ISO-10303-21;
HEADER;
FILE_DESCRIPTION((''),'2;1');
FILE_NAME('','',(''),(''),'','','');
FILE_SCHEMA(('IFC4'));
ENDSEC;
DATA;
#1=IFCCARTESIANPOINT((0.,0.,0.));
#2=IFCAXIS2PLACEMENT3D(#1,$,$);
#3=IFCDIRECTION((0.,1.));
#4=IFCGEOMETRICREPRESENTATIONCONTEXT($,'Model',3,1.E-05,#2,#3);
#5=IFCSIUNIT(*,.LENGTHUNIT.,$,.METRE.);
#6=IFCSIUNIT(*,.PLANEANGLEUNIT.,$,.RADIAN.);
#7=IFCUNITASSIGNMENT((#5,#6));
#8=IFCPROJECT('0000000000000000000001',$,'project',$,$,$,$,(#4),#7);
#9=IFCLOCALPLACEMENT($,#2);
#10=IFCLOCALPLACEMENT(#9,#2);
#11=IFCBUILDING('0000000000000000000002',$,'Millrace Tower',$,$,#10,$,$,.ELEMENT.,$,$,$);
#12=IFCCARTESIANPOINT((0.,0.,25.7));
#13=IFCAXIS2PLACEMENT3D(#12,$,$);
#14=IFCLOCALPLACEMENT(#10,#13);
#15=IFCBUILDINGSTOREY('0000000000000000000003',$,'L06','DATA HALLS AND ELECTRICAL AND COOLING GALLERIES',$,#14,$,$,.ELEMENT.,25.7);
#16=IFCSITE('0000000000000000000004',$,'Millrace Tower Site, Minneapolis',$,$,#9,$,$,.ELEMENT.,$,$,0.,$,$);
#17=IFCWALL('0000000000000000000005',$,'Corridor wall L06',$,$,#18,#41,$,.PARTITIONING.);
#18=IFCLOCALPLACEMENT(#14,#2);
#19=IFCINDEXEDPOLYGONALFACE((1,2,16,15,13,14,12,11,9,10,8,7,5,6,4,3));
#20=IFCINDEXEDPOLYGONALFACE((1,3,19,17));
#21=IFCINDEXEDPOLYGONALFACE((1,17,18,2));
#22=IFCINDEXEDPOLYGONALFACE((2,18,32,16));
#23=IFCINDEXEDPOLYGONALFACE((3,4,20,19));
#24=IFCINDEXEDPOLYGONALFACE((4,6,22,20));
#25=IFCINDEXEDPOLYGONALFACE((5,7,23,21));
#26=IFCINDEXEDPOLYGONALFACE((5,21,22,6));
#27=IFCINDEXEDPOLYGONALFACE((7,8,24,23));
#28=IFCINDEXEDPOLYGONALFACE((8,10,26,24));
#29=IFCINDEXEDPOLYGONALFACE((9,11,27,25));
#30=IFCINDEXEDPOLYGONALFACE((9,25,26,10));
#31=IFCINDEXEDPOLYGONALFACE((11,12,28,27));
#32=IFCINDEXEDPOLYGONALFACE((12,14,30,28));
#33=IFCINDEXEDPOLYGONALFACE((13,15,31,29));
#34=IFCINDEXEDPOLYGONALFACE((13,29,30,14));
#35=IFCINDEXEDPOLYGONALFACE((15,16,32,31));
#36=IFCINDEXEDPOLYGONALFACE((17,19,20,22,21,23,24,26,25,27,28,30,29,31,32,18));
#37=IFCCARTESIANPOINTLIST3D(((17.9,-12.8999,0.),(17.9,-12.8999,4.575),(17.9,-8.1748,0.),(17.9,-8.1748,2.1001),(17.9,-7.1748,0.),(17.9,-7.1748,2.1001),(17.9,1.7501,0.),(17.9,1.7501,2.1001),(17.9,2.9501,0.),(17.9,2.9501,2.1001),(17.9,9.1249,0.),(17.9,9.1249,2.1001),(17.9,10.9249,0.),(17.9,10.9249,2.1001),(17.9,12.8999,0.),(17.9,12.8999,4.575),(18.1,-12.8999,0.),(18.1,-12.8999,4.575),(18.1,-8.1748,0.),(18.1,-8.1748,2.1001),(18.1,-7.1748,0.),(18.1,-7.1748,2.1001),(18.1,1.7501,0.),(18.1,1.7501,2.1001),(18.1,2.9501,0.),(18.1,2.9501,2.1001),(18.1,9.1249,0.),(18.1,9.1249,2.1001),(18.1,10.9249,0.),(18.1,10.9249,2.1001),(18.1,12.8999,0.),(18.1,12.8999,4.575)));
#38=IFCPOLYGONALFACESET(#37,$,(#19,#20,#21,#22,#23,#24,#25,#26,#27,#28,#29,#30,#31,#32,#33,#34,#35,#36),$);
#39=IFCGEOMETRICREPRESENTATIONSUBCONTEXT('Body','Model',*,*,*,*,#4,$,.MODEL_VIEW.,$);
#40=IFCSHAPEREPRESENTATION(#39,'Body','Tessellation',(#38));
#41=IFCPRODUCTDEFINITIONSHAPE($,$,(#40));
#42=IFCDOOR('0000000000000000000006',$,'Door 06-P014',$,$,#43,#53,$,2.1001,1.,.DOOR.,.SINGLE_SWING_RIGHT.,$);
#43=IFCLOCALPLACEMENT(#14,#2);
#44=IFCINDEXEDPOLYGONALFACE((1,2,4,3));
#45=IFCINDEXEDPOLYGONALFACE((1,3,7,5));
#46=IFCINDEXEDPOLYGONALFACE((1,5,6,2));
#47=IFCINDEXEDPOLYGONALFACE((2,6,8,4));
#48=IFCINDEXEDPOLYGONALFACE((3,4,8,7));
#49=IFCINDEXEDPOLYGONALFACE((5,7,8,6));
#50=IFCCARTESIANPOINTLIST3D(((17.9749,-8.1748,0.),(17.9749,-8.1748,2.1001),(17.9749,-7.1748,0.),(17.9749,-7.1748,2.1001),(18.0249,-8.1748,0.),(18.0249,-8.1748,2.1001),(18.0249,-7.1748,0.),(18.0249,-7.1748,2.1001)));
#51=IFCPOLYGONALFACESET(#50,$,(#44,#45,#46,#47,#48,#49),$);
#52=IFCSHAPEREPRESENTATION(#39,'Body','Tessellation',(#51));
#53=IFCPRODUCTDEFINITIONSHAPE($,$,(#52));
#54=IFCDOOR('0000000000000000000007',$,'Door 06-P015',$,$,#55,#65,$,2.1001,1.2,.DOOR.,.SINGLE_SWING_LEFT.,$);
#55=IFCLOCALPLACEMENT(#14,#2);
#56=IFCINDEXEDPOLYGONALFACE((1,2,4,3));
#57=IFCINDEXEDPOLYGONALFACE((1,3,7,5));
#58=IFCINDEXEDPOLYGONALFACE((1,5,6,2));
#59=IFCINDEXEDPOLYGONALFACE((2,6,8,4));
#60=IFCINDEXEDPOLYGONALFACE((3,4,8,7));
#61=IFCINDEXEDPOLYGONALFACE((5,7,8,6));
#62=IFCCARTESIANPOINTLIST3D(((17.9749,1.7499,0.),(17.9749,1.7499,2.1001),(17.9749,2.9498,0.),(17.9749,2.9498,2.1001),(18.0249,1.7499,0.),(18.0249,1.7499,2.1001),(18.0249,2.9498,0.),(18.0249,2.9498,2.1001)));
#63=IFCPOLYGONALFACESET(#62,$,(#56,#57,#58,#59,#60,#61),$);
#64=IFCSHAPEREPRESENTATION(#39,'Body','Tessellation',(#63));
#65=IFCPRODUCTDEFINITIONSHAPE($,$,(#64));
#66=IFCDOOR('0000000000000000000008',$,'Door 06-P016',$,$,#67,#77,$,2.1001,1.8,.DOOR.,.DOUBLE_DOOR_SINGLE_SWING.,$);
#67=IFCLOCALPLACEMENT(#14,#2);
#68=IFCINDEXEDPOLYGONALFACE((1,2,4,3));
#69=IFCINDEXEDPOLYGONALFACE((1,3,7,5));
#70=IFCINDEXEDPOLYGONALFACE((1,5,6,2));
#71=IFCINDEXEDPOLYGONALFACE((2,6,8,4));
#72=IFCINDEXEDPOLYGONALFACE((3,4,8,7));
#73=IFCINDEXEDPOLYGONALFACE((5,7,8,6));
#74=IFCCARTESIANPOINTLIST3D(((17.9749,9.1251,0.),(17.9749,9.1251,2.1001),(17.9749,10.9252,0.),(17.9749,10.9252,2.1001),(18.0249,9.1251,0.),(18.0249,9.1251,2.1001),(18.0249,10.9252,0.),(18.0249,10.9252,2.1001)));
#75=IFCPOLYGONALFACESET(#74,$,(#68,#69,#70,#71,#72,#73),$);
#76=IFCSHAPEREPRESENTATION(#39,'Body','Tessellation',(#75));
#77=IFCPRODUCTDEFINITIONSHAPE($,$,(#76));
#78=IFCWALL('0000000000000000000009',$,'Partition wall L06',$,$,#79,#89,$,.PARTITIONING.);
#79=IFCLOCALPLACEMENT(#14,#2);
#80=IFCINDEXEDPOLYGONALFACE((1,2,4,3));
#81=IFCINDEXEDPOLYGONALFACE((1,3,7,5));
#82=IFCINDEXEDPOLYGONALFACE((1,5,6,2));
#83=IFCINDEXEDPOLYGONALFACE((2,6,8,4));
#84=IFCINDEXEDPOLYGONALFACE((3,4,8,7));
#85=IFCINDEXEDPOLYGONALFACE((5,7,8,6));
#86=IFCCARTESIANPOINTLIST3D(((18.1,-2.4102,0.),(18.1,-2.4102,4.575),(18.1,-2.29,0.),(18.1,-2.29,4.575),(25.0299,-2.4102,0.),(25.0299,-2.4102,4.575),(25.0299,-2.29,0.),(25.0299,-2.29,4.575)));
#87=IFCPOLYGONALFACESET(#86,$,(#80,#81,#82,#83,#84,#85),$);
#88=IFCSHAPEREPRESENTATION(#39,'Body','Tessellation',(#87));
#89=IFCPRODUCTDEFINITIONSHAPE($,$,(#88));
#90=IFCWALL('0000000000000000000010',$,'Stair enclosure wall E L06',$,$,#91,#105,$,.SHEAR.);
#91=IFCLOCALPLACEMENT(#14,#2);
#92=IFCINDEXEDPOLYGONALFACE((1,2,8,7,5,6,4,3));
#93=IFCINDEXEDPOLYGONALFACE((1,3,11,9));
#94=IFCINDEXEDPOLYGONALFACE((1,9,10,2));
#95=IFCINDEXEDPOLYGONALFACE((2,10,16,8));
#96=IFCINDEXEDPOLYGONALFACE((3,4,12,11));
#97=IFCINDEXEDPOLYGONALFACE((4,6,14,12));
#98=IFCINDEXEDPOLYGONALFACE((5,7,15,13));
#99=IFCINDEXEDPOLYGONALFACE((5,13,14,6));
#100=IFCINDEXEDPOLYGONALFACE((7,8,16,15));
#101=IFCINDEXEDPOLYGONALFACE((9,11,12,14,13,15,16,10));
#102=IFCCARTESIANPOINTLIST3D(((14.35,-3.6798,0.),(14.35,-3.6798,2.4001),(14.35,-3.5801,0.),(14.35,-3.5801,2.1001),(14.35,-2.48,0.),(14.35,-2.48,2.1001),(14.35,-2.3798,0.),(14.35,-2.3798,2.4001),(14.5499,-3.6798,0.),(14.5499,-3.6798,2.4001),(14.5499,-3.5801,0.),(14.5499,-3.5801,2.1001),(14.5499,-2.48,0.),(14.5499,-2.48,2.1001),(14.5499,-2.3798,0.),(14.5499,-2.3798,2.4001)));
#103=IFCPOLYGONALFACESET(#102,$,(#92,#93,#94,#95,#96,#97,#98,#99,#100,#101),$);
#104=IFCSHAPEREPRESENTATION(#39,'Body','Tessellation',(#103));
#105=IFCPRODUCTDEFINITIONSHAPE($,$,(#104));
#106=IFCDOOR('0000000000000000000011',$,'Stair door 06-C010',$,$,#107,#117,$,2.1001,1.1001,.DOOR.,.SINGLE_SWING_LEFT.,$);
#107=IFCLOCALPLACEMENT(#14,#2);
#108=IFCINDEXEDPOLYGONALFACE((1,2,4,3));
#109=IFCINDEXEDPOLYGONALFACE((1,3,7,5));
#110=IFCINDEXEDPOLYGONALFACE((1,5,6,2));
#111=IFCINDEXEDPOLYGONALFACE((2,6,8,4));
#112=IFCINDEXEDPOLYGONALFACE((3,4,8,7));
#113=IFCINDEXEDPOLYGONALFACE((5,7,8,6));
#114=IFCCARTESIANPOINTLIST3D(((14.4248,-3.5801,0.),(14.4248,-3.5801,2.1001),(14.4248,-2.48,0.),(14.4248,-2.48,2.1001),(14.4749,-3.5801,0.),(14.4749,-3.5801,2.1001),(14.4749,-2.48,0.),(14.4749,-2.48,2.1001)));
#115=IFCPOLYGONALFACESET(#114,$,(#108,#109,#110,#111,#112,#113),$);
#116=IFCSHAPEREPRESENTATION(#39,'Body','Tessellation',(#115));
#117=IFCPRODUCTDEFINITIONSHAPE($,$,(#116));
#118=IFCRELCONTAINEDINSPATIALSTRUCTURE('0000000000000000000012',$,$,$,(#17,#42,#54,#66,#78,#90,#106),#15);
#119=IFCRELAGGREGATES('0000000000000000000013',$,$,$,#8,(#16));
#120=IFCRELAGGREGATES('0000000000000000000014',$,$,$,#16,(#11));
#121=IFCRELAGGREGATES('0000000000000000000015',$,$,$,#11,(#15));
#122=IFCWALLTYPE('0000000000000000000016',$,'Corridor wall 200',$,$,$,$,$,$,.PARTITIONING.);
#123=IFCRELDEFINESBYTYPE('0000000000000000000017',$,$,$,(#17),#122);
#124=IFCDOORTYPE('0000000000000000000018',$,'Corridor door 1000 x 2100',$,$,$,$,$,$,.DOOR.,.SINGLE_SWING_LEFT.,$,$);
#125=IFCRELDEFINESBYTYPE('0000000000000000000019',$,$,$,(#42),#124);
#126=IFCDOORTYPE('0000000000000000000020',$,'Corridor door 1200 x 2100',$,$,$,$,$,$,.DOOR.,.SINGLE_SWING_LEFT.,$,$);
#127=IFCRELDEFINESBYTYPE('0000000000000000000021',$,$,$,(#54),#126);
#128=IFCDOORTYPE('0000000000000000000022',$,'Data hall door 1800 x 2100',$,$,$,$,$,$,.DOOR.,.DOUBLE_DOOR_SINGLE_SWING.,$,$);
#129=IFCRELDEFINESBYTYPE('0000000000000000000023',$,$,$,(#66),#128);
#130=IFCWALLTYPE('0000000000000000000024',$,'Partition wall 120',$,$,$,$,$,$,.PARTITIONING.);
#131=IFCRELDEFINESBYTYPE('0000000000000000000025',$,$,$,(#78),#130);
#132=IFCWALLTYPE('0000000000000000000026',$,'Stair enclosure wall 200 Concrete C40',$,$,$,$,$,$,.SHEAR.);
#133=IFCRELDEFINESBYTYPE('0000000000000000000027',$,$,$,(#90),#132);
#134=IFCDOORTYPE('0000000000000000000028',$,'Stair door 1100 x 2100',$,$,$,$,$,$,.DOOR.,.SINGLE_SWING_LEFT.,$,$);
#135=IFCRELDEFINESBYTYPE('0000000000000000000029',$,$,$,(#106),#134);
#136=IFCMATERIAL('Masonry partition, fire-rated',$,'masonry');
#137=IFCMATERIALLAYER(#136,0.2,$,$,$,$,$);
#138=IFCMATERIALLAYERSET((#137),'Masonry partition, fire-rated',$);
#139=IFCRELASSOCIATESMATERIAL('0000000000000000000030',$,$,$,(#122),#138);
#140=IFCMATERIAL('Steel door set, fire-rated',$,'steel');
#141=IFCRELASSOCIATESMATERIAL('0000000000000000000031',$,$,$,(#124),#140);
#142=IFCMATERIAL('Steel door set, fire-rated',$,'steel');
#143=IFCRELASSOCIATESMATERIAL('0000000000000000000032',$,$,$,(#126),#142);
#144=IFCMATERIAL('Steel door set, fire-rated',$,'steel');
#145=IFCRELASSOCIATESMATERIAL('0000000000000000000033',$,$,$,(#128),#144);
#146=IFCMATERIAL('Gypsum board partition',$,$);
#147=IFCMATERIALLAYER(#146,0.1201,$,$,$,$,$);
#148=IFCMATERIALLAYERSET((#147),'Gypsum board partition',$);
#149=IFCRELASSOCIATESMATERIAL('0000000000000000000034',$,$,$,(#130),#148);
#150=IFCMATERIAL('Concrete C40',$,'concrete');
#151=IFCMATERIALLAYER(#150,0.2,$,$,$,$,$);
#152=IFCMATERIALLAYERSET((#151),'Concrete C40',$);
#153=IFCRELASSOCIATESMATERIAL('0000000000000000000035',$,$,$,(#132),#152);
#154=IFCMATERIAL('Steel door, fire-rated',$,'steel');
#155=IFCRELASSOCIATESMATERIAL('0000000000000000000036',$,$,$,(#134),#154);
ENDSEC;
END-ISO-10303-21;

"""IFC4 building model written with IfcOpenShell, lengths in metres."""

from ifc_helpers import new_model, si_unit, direction, frame, frame_2d, origin, place, context, subcontext, project, spatial, rectangle, extrude, material, layer, layer_set, type_object, element, fill, save


model = new_model("IFC4")

# Units and contexts
model_context = context("Model", 3, precision=1e-05, world=origin(), true_north=direction((0.0, 1.0)))
body_context = subcontext(model_context, "Body", "Model", "MODEL_VIEW")
ifc_project = project(units=[si_unit("LENGTHUNIT", "METRE"), si_unit("PLANEANGLEUNIT", "RADIAN")], contexts=[model_context])

# Site, building, storey
site_placement = place(None, origin())
site = spatial("IfcSite", under=ifc_project, at=site_placement, Name="Millrace Tower Site, Minneapolis", CompositionType="ELEMENT", RefElevation=0.0)
building_placement = place(site_placement, origin())
building = spatial("IfcBuilding", under=site, at=building_placement, Name="Millrace Tower", CompositionType="ELEMENT")
storey_placement = place(building_placement, frame((0.0, 0.0, 25.7)))
storey = spatial("IfcBuildingStorey", under=building, at=storey_placement, Name="L06", Description="DATA HALLS AND ELECTRICAL AND COOLING GALLERIES", CompositionType="ELEMENT", Elevation=25.7)

# Wall, openings, doors
ifc_material_1 = material(Name="Masonry partition, fire-rated", Category="masonry")
ifc_layer_1 = layer(ifc_material_1, 0.2)
ifc_layer_set_1 = layer_set([ifc_layer_1], Name="Masonry partition, fire-rated")
wall_type_1 = type_object("IfcWallType", Name="Corridor wall 200", PredefinedType="PARTITIONING", material=ifc_layer_set_1)
wall_1_placement = place(storey_placement, frame((18.0, -12.8999, 0.0), z_axis=(0.0, 0.0, 1.0), x_axis=(0.0, 1.0, 0.0)))
wall_1 = element("IfcWall", 1, at=wall_1_placement, inside=storey, type_object=wall_type_1, Name="Corridor wall L06", PredefinedType="PARTITIONING", context=body_context, shape_type="SweptSolid", body=[
    extrude(rectangle(XDim=25.7998, YDim=0.2, at=frame_2d((12.8999, 0.0))), origin(), (0.0, 0.0, 1.0), 4.575),
])
opening_1_placement = place(wall_1_placement, frame((4.7251, 0.0, 0.0)))
opening_1 = element("IfcOpeningElement", 2, at=opening_1_placement, cuts=wall_1, PredefinedType="OPENING", context=body_context, shape_type="SweptSolid", body=[
    extrude(rectangle(XDim=1.0, YDim=2.1001, at=frame_2d((0.5, 1.05))), frame((0.0, 0.1099, 0.0), z_axis=(0.0, -1.0, 0.0), x_axis=(1.0, 0.0, 0.0)), (0.0, 0.0, 1.0), 0.22),
])
opening_2_placement = place(wall_1_placement, frame((14.6499, 0.0, 0.0)))
opening_2 = element("IfcOpeningElement", 3, at=opening_2_placement, cuts=wall_1, PredefinedType="OPENING", context=body_context, shape_type="SweptSolid", body=[
    extrude(rectangle(XDim=1.2, YDim=2.1001, at=frame_2d((0.6001, 1.05))), frame((0.0, 0.1099, 0.0), z_axis=(0.0, -1.0, 0.0), x_axis=(1.0, 0.0, 0.0)), (0.0, 0.0, 1.0), 0.22),
])
opening_3_placement = place(wall_1_placement, frame((22.0249, 0.0, 0.0)))
opening_3 = element("IfcOpeningElement", 4, at=opening_3_placement, cuts=wall_1, PredefinedType="OPENING", context=body_context, shape_type="SweptSolid", body=[
    extrude(rectangle(XDim=1.8, YDim=2.1001, at=frame_2d((0.8999, 1.05))), frame((0.0, 0.1099, 0.0), z_axis=(0.0, -1.0, 0.0), x_axis=(1.0, 0.0, 0.0)), (0.0, 0.0, 1.0), 0.22),
])
ifc_material_2 = material(Name="Steel door set, fire-rated", Category="steel")
door_type_1 = type_object("IfcDoorType", Name="Corridor door 1000 x 2100", OperationType="SINGLE_SWING_LEFT", PredefinedType="DOOR", material=ifc_material_2)
door_1_placement = place(opening_1_placement, frame((1.0, 0.0, 0.0), z_axis=(0.0, 0.0, 1.0), x_axis=(-1.0, 0.0, 0.0)))
door_1 = element("IfcDoor", 5, at=door_1_placement, inside=storey, type_object=door_type_1, Name="Door 06-P014", OperationType="SINGLE_SWING_RIGHT", OverallHeight=2.1001, OverallWidth=1.0, PredefinedType="DOOR", context=body_context, shape_type="SweptSolid", body=[
    extrude(rectangle(XDim=1.0, YDim=2.1001, at=frame_2d((0.5, 1.05))), frame((0.0, 0.0249, 0.0), z_axis=(0.0, -1.0, 0.0), x_axis=(1.0, 0.0, 0.0)), (0.0, 0.0, 1.0), 0.05),
])
fill(opening_1, door_1)
ifc_material_3 = material(Name="Steel door set, fire-rated", Category="steel")
door_type_2 = type_object("IfcDoorType", Name="Corridor door 1200 x 2100", OperationType="SINGLE_SWING_LEFT", PredefinedType="DOOR", material=ifc_material_3)
door_2_placement = place(opening_2_placement, frame((1.2, 0.0, 0.0), z_axis=(0.0, 0.0, 1.0), x_axis=(-1.0, 0.0, 0.0)))
door_2 = element("IfcDoor", 6, at=door_2_placement, inside=storey, type_object=door_type_2, Name="Door 06-P015", OperationType="SINGLE_SWING_LEFT", OverallHeight=2.1001, OverallWidth=1.2, PredefinedType="DOOR", context=body_context, shape_type="SweptSolid", body=[
    extrude(rectangle(XDim=1.2, YDim=2.1001, at=frame_2d((0.6001, 1.05))), frame((0.0, 0.0249, 0.0), z_axis=(0.0, -1.0, 0.0), x_axis=(1.0, 0.0, 0.0)), (0.0, 0.0, 1.0), 0.05),
])
fill(opening_2, door_2)
ifc_material_4 = material(Name="Steel door set, fire-rated", Category="steel")
door_type_3 = type_object("IfcDoorType", Name="Data hall door 1800 x 2100", OperationType="DOUBLE_DOOR_SINGLE_SWING", PredefinedType="DOOR", material=ifc_material_4)
door_3_placement = place(opening_3_placement, frame((1.8, 0.0, 0.0), z_axis=(0.0, 0.0, 1.0), x_axis=(-1.0, 0.0, 0.0)))
door_3 = element("IfcDoor", 7, at=door_3_placement, inside=storey, type_object=door_type_3, Name="Door 06-P016", OperationType="DOUBLE_DOOR_SINGLE_SWING", OverallHeight=2.1001, OverallWidth=1.8, PredefinedType="DOOR", context=body_context, shape_type="SweptSolid", body=[
    extrude(rectangle(XDim=1.8, YDim=2.1001, at=frame_2d((0.8999, 1.05))), frame((0.0, 0.0249, 0.0), z_axis=(0.0, -1.0, 0.0), x_axis=(1.0, 0.0, 0.0)), (0.0, 0.0, 1.0), 0.05),
])
fill(opening_3, door_3)

# Wall
ifc_material_5 = material(Name="Gypsum board partition")
ifc_layer_2 = layer(ifc_material_5, 0.1201)
ifc_layer_set_2 = layer_set([ifc_layer_2], Name="Gypsum board partition")
wall_type_2 = type_object("IfcWallType", Name="Partition wall 120", PredefinedType="PARTITIONING", material=ifc_layer_set_2)
wall_2_placement = place(storey_placement, frame((18.1001, -2.3501, 0.0), z_axis=(0.0, 0.0, 1.0), x_axis=(1.0, 0.0, 0.0)))
element("IfcWall", 8, at=wall_2_placement, inside=storey, type_object=wall_type_2, Name="Partition wall L06", PredefinedType="PARTITIONING", context=body_context, shape_type="SweptSolid", body=[
    extrude(rectangle(XDim=6.9299, YDim=0.1201, at=frame_2d((3.4648, 0.0))), origin(), (0.0, 0.0, 1.0), 4.575),
])

# Wall, opening, door
ifc_material_6 = material(Name="Concrete C40", Category="concrete")
ifc_layer_3 = layer(ifc_material_6, 0.2)
ifc_layer_set_3 = layer_set([ifc_layer_3], Name="Concrete C40")
wall_type_3 = type_object("IfcWallType", Name="Stair enclosure wall 200 Concrete C40", PredefinedType="SHEAR", material=ifc_layer_set_3)
wall_3_placement = place(storey_placement, frame((14.45, -2.3799, 0.0), z_axis=(0.0, 0.0, 1.0), x_axis=(0.0, -1.0, 0.0)))
wall_3 = element("IfcWall", 9, at=wall_3_placement, inside=storey, type_object=wall_type_3, Name="Stair enclosure wall E L06", PredefinedType="SHEAR", context=body_context, shape_type="SweptSolid", body=[
    extrude(rectangle(XDim=1.3, YDim=0.2, at=frame_2d((0.6499, 0.0))), origin(), (0.0, 0.0, 1.0), 2.4001),
])
opening_4_placement = place(wall_3_placement, frame((0.1001, 0.0, 0.0)))
opening_4 = element("IfcOpeningElement", 10, at=opening_4_placement, cuts=wall_3, PredefinedType="OPENING", context=body_context, shape_type="SweptSolid", body=[
    extrude(rectangle(XDim=1.1001, YDim=2.1001, at=frame_2d((0.55, 1.05))), frame((0.0, 0.1099, 0.0), z_axis=(0.0, -1.0, 0.0), x_axis=(1.0, 0.0, 0.0)), (0.0, 0.0, 1.0), 0.22),
])
ifc_material_7 = material(Name="Steel door, fire-rated", Category="steel")
door_type_4 = type_object("IfcDoorType", Name="Stair door 1100 x 2100", OperationType="SINGLE_SWING_LEFT", PredefinedType="DOOR", material=ifc_material_7)
door_4_placement = place(opening_4_placement, origin())
door_4 = element("IfcDoor", 11, at=door_4_placement, inside=storey, type_object=door_type_4, Name="Stair door 06-C010", OperationType="SINGLE_SWING_LEFT", OverallHeight=2.1001, OverallWidth=1.1001, PredefinedType="DOOR", context=body_context, shape_type="SweptSolid", body=[
    extrude(rectangle(XDim=1.1001, YDim=2.1001, at=frame_2d((0.55, 1.05))), frame((0.0, 0.0249, 0.0), z_axis=(0.0, -1.0, 0.0), x_axis=(1.0, 0.0, 0.0)), (0.0, 0.0, 1.0), 0.05),
])
fill(opening_4, door_4)

save(model, "model.ifc")
